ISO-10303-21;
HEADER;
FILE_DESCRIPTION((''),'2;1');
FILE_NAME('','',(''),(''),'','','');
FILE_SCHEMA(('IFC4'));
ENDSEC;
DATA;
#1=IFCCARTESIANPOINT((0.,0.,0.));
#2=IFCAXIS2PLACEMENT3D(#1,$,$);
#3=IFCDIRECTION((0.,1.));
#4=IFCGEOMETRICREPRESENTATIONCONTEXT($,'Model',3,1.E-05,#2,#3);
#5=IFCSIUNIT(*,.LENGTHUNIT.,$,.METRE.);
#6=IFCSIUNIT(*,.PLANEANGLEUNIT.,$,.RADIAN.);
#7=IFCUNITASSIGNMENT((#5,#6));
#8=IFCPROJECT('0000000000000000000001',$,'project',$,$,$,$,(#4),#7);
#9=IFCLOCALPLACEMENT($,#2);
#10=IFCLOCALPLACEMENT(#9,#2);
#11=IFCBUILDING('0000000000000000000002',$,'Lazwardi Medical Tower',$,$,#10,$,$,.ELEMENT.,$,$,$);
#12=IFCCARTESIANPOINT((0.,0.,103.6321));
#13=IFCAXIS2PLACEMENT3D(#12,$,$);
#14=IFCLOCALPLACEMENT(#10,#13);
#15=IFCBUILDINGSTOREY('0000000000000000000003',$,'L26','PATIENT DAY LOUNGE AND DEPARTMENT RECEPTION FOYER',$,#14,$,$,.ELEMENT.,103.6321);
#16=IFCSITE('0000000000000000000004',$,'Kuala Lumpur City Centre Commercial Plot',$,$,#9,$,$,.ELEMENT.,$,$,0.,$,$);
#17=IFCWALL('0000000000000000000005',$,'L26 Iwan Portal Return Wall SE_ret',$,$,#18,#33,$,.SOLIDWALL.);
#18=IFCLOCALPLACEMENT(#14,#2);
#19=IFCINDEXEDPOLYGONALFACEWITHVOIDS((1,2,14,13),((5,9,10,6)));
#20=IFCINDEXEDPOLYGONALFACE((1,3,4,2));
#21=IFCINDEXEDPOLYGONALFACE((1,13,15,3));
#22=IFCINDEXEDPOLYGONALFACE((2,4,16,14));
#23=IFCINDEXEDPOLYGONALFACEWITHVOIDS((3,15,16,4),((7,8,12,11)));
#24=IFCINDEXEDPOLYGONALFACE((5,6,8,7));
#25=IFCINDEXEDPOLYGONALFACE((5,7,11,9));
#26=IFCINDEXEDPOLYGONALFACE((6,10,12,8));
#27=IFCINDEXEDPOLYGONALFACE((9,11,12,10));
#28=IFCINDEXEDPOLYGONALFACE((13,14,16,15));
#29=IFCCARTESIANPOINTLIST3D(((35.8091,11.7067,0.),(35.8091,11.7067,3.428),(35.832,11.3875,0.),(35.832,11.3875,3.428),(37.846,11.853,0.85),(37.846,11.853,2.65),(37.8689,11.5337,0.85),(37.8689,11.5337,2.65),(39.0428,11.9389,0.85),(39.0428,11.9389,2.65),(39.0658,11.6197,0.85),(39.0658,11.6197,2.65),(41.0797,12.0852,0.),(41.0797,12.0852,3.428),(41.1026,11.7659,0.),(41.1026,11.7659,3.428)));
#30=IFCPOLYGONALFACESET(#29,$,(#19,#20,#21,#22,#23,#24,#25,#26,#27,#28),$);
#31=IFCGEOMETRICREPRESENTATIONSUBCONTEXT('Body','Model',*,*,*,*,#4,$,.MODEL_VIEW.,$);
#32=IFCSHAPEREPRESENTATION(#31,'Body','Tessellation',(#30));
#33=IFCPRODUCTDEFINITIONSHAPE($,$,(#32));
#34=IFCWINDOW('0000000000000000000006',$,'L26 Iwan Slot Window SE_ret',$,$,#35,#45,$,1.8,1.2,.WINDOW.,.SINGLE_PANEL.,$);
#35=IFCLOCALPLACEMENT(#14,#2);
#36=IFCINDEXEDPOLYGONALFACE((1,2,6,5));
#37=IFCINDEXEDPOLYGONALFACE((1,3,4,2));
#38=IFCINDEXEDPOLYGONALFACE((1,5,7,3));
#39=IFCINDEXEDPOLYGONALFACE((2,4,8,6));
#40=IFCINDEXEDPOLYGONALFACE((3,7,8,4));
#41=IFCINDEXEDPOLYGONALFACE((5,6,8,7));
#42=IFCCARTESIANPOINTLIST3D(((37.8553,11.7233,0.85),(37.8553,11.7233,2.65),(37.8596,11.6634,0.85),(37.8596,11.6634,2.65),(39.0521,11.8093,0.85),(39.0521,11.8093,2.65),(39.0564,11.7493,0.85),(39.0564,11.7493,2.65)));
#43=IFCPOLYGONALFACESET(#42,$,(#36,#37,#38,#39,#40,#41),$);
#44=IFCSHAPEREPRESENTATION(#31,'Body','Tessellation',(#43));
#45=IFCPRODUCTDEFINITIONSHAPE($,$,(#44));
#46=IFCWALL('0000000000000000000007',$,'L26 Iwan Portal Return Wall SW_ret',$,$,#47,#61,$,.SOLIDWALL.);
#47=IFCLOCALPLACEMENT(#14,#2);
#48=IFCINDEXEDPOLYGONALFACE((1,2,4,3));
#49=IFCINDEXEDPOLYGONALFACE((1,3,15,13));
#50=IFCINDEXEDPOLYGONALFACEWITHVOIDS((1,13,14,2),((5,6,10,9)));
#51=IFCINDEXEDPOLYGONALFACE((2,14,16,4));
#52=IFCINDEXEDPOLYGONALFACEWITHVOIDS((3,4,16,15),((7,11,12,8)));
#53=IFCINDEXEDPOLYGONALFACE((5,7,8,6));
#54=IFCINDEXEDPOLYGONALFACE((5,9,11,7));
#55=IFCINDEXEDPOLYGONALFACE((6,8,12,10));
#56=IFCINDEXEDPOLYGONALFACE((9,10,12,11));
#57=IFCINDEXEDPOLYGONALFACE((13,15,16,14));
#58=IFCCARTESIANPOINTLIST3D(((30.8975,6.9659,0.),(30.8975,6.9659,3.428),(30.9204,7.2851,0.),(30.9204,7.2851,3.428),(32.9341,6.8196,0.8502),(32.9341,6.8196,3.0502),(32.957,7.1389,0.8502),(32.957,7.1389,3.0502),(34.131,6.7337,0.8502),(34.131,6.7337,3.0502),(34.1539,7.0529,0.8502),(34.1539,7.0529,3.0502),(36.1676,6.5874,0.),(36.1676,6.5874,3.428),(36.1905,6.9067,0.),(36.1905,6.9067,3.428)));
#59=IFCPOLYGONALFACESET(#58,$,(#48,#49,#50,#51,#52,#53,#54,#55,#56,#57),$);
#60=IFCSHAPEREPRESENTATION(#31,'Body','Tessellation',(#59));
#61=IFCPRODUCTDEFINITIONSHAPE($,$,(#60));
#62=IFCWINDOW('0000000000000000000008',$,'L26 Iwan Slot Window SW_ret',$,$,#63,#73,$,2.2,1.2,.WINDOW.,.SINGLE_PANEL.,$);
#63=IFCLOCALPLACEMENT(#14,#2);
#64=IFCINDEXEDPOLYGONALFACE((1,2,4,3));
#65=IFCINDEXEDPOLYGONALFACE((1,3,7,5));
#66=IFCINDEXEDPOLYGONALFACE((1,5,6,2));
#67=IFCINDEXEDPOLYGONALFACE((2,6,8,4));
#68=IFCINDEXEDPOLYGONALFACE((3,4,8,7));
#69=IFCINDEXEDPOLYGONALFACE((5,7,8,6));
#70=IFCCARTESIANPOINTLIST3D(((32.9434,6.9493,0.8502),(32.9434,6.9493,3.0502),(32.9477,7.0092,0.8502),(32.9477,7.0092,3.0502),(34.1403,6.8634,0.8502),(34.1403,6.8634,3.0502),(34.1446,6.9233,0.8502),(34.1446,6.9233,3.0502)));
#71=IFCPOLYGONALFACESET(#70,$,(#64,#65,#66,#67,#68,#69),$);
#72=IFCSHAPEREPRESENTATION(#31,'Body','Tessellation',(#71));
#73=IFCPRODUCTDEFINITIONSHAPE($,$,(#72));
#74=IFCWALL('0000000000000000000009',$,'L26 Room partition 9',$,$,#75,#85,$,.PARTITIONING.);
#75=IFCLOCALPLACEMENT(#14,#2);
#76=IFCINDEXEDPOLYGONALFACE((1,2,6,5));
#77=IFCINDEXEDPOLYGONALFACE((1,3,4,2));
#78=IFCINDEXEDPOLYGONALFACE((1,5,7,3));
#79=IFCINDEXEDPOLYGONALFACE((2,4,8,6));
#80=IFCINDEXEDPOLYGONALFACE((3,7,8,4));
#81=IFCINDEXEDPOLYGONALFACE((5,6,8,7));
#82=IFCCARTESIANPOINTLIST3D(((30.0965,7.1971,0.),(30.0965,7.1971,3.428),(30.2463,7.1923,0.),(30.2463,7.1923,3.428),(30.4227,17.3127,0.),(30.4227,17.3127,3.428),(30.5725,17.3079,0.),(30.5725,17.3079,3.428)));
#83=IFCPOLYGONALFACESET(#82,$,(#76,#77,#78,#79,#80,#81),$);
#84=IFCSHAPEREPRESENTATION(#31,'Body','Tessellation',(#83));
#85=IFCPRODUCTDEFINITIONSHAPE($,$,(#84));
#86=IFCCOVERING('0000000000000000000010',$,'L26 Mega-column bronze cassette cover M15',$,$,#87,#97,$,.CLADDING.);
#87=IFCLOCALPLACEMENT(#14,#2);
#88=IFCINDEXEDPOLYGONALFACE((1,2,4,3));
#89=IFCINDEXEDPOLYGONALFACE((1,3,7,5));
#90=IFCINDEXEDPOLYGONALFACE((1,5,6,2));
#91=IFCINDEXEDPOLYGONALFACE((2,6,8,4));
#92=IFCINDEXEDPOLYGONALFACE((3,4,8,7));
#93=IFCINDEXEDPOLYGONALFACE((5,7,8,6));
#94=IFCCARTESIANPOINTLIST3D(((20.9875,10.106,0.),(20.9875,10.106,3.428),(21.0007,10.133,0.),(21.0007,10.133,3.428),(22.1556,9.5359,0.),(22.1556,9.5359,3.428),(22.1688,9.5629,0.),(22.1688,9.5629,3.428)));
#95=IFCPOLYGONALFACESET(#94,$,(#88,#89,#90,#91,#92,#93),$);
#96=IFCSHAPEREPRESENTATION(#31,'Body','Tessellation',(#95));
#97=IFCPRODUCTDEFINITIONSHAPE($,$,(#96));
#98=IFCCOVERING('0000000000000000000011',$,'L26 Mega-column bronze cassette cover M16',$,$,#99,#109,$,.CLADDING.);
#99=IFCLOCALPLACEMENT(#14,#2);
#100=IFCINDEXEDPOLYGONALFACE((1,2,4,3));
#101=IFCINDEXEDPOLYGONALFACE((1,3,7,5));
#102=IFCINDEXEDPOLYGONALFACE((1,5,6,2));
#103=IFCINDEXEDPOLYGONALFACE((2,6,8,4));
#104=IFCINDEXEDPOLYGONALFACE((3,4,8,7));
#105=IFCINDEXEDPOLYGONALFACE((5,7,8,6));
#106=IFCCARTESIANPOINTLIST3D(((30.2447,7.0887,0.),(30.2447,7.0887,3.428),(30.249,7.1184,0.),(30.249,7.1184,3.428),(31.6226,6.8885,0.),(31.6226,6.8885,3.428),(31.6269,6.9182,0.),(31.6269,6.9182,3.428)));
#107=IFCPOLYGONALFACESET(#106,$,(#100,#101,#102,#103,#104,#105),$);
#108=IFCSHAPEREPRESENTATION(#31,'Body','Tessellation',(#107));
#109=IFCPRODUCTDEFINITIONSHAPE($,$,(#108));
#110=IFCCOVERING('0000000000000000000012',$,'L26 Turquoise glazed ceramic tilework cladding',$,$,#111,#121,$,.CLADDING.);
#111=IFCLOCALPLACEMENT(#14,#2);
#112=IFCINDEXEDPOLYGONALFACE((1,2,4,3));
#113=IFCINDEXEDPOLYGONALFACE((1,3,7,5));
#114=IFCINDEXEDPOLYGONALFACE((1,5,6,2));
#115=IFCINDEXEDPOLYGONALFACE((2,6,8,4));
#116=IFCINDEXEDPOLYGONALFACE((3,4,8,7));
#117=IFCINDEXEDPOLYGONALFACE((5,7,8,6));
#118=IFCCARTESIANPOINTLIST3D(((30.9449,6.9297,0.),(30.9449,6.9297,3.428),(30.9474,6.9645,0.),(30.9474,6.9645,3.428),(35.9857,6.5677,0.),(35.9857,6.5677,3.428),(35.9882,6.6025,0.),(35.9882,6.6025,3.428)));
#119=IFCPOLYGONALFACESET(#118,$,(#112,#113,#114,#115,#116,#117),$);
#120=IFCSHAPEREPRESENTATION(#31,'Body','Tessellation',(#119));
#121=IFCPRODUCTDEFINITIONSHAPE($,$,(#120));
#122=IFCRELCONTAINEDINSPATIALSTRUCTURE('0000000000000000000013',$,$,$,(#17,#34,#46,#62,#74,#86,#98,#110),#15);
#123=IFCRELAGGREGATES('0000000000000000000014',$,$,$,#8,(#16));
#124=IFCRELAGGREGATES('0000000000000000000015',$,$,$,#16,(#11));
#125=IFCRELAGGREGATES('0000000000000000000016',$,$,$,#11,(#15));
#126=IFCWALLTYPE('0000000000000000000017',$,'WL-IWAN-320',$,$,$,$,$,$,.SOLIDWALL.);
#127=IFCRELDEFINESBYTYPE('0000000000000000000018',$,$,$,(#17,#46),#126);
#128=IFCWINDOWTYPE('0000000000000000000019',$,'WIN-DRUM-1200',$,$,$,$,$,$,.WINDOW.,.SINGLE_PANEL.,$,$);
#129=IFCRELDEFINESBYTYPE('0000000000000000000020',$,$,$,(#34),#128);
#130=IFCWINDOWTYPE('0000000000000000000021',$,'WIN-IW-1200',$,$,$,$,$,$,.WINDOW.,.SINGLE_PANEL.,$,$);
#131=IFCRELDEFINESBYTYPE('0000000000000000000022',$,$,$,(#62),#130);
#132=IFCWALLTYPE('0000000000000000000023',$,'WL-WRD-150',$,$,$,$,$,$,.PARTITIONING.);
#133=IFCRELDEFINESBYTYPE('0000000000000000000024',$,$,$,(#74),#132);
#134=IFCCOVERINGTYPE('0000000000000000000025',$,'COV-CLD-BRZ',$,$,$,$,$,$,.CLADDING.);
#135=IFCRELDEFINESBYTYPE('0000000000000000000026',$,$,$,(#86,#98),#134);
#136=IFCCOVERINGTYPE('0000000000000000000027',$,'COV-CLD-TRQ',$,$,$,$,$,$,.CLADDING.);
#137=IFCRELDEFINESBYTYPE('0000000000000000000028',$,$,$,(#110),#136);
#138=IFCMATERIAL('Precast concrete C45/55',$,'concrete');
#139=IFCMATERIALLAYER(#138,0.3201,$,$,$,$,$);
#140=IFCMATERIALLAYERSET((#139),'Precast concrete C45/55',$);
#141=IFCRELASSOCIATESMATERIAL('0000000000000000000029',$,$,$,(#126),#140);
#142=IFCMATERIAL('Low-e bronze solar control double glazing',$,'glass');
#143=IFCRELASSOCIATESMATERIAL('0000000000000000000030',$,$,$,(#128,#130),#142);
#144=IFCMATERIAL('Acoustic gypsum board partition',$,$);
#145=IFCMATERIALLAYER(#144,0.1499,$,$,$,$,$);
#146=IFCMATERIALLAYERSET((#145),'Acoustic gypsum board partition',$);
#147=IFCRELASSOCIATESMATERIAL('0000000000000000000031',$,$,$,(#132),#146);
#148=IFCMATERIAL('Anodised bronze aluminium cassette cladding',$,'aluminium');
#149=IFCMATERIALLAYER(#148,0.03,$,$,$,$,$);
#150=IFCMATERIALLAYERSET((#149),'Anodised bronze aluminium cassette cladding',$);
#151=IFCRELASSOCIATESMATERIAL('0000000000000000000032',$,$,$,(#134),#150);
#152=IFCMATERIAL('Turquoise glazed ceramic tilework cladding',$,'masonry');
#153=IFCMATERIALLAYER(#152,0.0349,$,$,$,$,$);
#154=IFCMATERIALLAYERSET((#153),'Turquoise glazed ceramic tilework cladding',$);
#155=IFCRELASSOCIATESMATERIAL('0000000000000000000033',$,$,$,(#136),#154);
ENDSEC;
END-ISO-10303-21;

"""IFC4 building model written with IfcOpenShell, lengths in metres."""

from ifc_helpers import new_model, si_unit, direction, frame, frame_2d, origin, origin_2d, place, context, subcontext, project, spatial, rectangle, extrude, material, layer, layer_set, type_object, element, fill, save


model = new_model("IFC4")

# Units and contexts
model_context = context("Model", 3, precision=1e-05, world=origin(), true_north=direction((0.0, 1.0)))
body_context = subcontext(model_context, "Body", "Model", "MODEL_VIEW")
ifc_project = project(units=[si_unit("LENGTHUNIT", "METRE"), si_unit("PLANEANGLEUNIT", "RADIAN")], contexts=[model_context])

# Site, building, storey
site_placement = place(None, origin())
site = spatial("IfcSite", under=ifc_project, at=site_placement, Name="Kuala Lumpur City Centre Commercial Plot", CompositionType="ELEMENT", RefElevation=0.0)
building_placement = place(site_placement, origin())
building = spatial("IfcBuilding", under=site, at=building_placement, Name="Lazwardi Medical Tower", CompositionType="ELEMENT")
storey_placement = place(building_placement, frame((0.0, 0.0, 103.6321)))
storey = spatial("IfcBuildingStorey", under=building, at=storey_placement, Name="L26", Description="PATIENT DAY LOUNGE AND DEPARTMENT RECEPTION FOYER", CompositionType="ELEMENT", Elevation=103.6321)

# Shared definitions
ifc_material_1 = material(Name="Low-e bronze solar control double glazing", Category="glass")

# Walls, openings, windows
ifc_material_2 = material(Name="Precast concrete C45/55", Category="concrete")
ifc_layer_1 = layer(ifc_material_2, 0.3201)
ifc_layer_set_1 = layer_set([ifc_layer_1], Name="Precast concrete C45/55")
wall_type_1 = type_object("IfcWallType", Name="WL-IWAN-320", PredefinedType="SOLIDWALL", material=ifc_layer_set_1)
wall_1_placement = place(storey_placement, frame((35.8206, 11.5471, 0.0), z_axis=(0.0, 0.0, 1.0), x_axis=(0.997432, 0.071615, 0.0)))
wall_1 = element("IfcWall", 1, at=wall_1_placement, inside=storey, type_object=wall_type_1, Name="L26 Iwan Portal Return Wall SE_ret", PredefinedType="SOLIDWALL", context=body_context, shape_type="SweptSolid", body=[
    extrude(rectangle(XDim=5.2842, YDim=0.3201, at=frame_2d((2.6421, 0.0))), origin(), (0.0, 0.0, 1.0), 3.428),
])
opening_1_placement = place(wall_1_placement, frame((2.042, 0.0, 0.8501)))
opening_1 = element("IfcOpeningElement", 2, at=opening_1_placement, cuts=wall_1, PredefinedType="OPENING", context=body_context, shape_type="SweptSolid", body=[
    extrude(rectangle(XDim=1.2, YDim=1.8, at=frame_2d((0.6001, 0.8999))), frame((0.0, 0.1699, 0.0), z_axis=(0.0, -1.0, 0.0), x_axis=(1.0, 0.0, 0.0)), (0.0, 0.0, 1.0), 0.3401),
])
window_type_1 = type_object("IfcWindowType", Name="WIN-DRUM-1200", PartitioningType="SINGLE_PANEL", PredefinedType="WINDOW", material=ifc_material_1)
window_1_placement = place(opening_1_placement, origin())
window_1 = element("IfcWindow", 3, at=window_1_placement, inside=storey, type_object=window_type_1, Name="L26 Iwan Slot Window SE_ret", OverallHeight=1.8, OverallWidth=1.2, PartitioningType="SINGLE_PANEL", PredefinedType="WINDOW", context=body_context, shape_type="SweptSolid", body=[
    extrude(rectangle(XDim=1.2, YDim=1.8, at=frame_2d((0.6001, 0.8999))), frame((0.0, 0.03, 0.0), z_axis=(0.0, -1.0, 0.0), x_axis=(1.0, 0.0, 0.0)), (0.0, 0.0, 1.0), 0.0601),
])
fill(opening_1, window_1)
wall_2_placement = place(storey_placement, frame((30.9089, 7.1255, 0.0), z_axis=(0.0, 0.0, 1.0), x_axis=(0.997432, -0.071621, 0.0)))
wall_2 = element("IfcWall", 4, at=wall_2_placement, inside=storey, type_object=wall_type_1, Name="L26 Iwan Portal Return Wall SW_ret", PredefinedType="SOLIDWALL", context=body_context, shape_type="SweptSolid", body=[
    extrude(rectangle(XDim=5.2837, YDim=0.3201, at=frame_2d((2.6418, 0.0))), origin(), (0.0, 0.0, 1.0), 3.428),
])
opening_2_placement = place(wall_2_placement, frame((2.0417, 0.0, 0.8501)))
opening_2 = element("IfcOpeningElement", 5, at=opening_2_placement, cuts=wall_2, PredefinedType="OPENING", context=body_context, shape_type="SweptSolid", body=[
    extrude(rectangle(XDim=1.2, YDim=2.2, at=frame_2d((0.6001, 1.1001))), frame((0.0, 0.1699, 0.0), z_axis=(0.0, -1.0, 0.0), x_axis=(1.0, 0.0, 0.0)), (0.0, 0.0, 1.0), 0.3401),
])
window_type_2 = type_object("IfcWindowType", Name="WIN-IW-1200", PartitioningType="SINGLE_PANEL", PredefinedType="WINDOW", material=ifc_material_1)
window_2_placement = place(opening_2_placement, origin())
window_2 = element("IfcWindow", 6, at=window_2_placement, inside=storey, type_object=window_type_2, Name="L26 Iwan Slot Window SW_ret", OverallHeight=2.2, OverallWidth=1.2, PartitioningType="SINGLE_PANEL", PredefinedType="WINDOW", context=body_context, shape_type="SweptSolid", body=[
    extrude(rectangle(XDim=1.2, YDim=2.2, at=frame_2d((0.6001, 1.1001))), frame((0.0, 0.03, 0.0), z_axis=(0.0, -1.0, 0.0), x_axis=(1.0, 0.0, 0.0)), (0.0, 0.0, 1.0), 0.0601),
])
fill(opening_2, window_2)

# Wall
ifc_material_3 = material(Name="Acoustic gypsum board partition")
ifc_layer_2 = layer(ifc_material_3, 0.1499)
ifc_layer_set_2 = layer_set([ifc_layer_2], Name="Acoustic gypsum board partition")
wall_type_2 = type_object("IfcWallType", Name="WL-WRD-150", PredefinedType="PARTITIONING", material=ifc_layer_set_2)
wall_3_placement = place(storey_placement, frame((30.1714, 7.1946, 0.0), z_axis=(0.0, 0.0, 1.0), x_axis=(0.032228, 0.999481, 0.0)))
element("IfcWall", 7, at=wall_3_placement, inside=storey, type_object=wall_type_2, Name="L26 Room partition 9", PredefinedType="PARTITIONING", context=body_context, shape_type="SweptSolid", body=[
    extrude(rectangle(XDim=10.1208, YDim=0.1499, at=frame_2d((5.0605, 0.0))), origin(), (0.0, 0.0, 1.0), 3.428),
])

# Coverings
ifc_material_4 = material(Name="Anodised bronze aluminium cassette cladding", Category="aluminium")
ifc_layer_3 = layer(ifc_material_4, 0.03)
ifc_layer_set_3 = layer_set([ifc_layer_3], Name="Anodised bronze aluminium cassette cladding")
covering_type_1 = type_object("IfcCoveringType", Name="COV-CLD-BRZ", PredefinedType="CLADDING", material=ifc_layer_set_3)
covering_1_placement = place(storey_placement, frame((21.5781, 9.8345, 0.0), z_axis=(0.0, 0.0, 1.0), x_axis=(0.898679, -0.438606, 0.0)))
element("IfcCovering", 8, at=covering_1_placement, inside=storey, type_object=covering_type_1, Name="L26 Mega-column bronze cassette cover M15", PredefinedType="CLADDING", context=body_context, shape_type="SweptSolid", body=[
    extrude(rectangle(XDim=1.2998, YDim=0.03, at=origin_2d()), origin(), (0.0, 0.0, 1.0), 3.428),
])
covering_2_placement = place(storey_placement, frame((30.9358, 7.0034, 0.0), z_axis=(0.0, 0.0, 1.0), x_axis=(0.989609, -0.143785, 0.0)))
element("IfcCovering", 9, at=covering_2_placement, inside=storey, type_object=covering_type_1, Name="L26 Mega-column bronze cassette cover M16", PredefinedType="CLADDING", context=body_context, shape_type="SweptSolid", body=[
    extrude(rectangle(XDim=1.3923, YDim=0.03, at=origin_2d()), origin(), (0.0, 0.0, 1.0), 3.428),
])
ifc_material_5 = material(Name="Turquoise glazed ceramic tilework cladding", Category="masonry")
ifc_layer_4 = layer(ifc_material_5, 0.0349)
ifc_layer_set_4 = layer_set([ifc_layer_4], Name="Turquoise glazed ceramic tilework cladding")
covering_type_2 = type_object("IfcCoveringType", Name="COV-CLD-TRQ", PredefinedType="CLADDING", material=ifc_layer_set_4)
covering_3_placement = place(storey_placement, frame((33.4666, 6.7661, 0.0), z_axis=(0.0, 0.0, 1.0), x_axis=(0.997431, -0.071631, 0.0)))
element("IfcCovering", 10, at=covering_3_placement, inside=storey, type_object=covering_type_2, Name="L26 Turquoise glazed ceramic tilework cladding", PredefinedType="CLADDING", context=body_context, shape_type="SweptSolid", body=[
    extrude(rectangle(XDim=5.0537, YDim=0.0349, at=origin_2d()), origin(), (0.0, 0.0, 1.0), 3.428),
])

save(model, "model.ifc")
